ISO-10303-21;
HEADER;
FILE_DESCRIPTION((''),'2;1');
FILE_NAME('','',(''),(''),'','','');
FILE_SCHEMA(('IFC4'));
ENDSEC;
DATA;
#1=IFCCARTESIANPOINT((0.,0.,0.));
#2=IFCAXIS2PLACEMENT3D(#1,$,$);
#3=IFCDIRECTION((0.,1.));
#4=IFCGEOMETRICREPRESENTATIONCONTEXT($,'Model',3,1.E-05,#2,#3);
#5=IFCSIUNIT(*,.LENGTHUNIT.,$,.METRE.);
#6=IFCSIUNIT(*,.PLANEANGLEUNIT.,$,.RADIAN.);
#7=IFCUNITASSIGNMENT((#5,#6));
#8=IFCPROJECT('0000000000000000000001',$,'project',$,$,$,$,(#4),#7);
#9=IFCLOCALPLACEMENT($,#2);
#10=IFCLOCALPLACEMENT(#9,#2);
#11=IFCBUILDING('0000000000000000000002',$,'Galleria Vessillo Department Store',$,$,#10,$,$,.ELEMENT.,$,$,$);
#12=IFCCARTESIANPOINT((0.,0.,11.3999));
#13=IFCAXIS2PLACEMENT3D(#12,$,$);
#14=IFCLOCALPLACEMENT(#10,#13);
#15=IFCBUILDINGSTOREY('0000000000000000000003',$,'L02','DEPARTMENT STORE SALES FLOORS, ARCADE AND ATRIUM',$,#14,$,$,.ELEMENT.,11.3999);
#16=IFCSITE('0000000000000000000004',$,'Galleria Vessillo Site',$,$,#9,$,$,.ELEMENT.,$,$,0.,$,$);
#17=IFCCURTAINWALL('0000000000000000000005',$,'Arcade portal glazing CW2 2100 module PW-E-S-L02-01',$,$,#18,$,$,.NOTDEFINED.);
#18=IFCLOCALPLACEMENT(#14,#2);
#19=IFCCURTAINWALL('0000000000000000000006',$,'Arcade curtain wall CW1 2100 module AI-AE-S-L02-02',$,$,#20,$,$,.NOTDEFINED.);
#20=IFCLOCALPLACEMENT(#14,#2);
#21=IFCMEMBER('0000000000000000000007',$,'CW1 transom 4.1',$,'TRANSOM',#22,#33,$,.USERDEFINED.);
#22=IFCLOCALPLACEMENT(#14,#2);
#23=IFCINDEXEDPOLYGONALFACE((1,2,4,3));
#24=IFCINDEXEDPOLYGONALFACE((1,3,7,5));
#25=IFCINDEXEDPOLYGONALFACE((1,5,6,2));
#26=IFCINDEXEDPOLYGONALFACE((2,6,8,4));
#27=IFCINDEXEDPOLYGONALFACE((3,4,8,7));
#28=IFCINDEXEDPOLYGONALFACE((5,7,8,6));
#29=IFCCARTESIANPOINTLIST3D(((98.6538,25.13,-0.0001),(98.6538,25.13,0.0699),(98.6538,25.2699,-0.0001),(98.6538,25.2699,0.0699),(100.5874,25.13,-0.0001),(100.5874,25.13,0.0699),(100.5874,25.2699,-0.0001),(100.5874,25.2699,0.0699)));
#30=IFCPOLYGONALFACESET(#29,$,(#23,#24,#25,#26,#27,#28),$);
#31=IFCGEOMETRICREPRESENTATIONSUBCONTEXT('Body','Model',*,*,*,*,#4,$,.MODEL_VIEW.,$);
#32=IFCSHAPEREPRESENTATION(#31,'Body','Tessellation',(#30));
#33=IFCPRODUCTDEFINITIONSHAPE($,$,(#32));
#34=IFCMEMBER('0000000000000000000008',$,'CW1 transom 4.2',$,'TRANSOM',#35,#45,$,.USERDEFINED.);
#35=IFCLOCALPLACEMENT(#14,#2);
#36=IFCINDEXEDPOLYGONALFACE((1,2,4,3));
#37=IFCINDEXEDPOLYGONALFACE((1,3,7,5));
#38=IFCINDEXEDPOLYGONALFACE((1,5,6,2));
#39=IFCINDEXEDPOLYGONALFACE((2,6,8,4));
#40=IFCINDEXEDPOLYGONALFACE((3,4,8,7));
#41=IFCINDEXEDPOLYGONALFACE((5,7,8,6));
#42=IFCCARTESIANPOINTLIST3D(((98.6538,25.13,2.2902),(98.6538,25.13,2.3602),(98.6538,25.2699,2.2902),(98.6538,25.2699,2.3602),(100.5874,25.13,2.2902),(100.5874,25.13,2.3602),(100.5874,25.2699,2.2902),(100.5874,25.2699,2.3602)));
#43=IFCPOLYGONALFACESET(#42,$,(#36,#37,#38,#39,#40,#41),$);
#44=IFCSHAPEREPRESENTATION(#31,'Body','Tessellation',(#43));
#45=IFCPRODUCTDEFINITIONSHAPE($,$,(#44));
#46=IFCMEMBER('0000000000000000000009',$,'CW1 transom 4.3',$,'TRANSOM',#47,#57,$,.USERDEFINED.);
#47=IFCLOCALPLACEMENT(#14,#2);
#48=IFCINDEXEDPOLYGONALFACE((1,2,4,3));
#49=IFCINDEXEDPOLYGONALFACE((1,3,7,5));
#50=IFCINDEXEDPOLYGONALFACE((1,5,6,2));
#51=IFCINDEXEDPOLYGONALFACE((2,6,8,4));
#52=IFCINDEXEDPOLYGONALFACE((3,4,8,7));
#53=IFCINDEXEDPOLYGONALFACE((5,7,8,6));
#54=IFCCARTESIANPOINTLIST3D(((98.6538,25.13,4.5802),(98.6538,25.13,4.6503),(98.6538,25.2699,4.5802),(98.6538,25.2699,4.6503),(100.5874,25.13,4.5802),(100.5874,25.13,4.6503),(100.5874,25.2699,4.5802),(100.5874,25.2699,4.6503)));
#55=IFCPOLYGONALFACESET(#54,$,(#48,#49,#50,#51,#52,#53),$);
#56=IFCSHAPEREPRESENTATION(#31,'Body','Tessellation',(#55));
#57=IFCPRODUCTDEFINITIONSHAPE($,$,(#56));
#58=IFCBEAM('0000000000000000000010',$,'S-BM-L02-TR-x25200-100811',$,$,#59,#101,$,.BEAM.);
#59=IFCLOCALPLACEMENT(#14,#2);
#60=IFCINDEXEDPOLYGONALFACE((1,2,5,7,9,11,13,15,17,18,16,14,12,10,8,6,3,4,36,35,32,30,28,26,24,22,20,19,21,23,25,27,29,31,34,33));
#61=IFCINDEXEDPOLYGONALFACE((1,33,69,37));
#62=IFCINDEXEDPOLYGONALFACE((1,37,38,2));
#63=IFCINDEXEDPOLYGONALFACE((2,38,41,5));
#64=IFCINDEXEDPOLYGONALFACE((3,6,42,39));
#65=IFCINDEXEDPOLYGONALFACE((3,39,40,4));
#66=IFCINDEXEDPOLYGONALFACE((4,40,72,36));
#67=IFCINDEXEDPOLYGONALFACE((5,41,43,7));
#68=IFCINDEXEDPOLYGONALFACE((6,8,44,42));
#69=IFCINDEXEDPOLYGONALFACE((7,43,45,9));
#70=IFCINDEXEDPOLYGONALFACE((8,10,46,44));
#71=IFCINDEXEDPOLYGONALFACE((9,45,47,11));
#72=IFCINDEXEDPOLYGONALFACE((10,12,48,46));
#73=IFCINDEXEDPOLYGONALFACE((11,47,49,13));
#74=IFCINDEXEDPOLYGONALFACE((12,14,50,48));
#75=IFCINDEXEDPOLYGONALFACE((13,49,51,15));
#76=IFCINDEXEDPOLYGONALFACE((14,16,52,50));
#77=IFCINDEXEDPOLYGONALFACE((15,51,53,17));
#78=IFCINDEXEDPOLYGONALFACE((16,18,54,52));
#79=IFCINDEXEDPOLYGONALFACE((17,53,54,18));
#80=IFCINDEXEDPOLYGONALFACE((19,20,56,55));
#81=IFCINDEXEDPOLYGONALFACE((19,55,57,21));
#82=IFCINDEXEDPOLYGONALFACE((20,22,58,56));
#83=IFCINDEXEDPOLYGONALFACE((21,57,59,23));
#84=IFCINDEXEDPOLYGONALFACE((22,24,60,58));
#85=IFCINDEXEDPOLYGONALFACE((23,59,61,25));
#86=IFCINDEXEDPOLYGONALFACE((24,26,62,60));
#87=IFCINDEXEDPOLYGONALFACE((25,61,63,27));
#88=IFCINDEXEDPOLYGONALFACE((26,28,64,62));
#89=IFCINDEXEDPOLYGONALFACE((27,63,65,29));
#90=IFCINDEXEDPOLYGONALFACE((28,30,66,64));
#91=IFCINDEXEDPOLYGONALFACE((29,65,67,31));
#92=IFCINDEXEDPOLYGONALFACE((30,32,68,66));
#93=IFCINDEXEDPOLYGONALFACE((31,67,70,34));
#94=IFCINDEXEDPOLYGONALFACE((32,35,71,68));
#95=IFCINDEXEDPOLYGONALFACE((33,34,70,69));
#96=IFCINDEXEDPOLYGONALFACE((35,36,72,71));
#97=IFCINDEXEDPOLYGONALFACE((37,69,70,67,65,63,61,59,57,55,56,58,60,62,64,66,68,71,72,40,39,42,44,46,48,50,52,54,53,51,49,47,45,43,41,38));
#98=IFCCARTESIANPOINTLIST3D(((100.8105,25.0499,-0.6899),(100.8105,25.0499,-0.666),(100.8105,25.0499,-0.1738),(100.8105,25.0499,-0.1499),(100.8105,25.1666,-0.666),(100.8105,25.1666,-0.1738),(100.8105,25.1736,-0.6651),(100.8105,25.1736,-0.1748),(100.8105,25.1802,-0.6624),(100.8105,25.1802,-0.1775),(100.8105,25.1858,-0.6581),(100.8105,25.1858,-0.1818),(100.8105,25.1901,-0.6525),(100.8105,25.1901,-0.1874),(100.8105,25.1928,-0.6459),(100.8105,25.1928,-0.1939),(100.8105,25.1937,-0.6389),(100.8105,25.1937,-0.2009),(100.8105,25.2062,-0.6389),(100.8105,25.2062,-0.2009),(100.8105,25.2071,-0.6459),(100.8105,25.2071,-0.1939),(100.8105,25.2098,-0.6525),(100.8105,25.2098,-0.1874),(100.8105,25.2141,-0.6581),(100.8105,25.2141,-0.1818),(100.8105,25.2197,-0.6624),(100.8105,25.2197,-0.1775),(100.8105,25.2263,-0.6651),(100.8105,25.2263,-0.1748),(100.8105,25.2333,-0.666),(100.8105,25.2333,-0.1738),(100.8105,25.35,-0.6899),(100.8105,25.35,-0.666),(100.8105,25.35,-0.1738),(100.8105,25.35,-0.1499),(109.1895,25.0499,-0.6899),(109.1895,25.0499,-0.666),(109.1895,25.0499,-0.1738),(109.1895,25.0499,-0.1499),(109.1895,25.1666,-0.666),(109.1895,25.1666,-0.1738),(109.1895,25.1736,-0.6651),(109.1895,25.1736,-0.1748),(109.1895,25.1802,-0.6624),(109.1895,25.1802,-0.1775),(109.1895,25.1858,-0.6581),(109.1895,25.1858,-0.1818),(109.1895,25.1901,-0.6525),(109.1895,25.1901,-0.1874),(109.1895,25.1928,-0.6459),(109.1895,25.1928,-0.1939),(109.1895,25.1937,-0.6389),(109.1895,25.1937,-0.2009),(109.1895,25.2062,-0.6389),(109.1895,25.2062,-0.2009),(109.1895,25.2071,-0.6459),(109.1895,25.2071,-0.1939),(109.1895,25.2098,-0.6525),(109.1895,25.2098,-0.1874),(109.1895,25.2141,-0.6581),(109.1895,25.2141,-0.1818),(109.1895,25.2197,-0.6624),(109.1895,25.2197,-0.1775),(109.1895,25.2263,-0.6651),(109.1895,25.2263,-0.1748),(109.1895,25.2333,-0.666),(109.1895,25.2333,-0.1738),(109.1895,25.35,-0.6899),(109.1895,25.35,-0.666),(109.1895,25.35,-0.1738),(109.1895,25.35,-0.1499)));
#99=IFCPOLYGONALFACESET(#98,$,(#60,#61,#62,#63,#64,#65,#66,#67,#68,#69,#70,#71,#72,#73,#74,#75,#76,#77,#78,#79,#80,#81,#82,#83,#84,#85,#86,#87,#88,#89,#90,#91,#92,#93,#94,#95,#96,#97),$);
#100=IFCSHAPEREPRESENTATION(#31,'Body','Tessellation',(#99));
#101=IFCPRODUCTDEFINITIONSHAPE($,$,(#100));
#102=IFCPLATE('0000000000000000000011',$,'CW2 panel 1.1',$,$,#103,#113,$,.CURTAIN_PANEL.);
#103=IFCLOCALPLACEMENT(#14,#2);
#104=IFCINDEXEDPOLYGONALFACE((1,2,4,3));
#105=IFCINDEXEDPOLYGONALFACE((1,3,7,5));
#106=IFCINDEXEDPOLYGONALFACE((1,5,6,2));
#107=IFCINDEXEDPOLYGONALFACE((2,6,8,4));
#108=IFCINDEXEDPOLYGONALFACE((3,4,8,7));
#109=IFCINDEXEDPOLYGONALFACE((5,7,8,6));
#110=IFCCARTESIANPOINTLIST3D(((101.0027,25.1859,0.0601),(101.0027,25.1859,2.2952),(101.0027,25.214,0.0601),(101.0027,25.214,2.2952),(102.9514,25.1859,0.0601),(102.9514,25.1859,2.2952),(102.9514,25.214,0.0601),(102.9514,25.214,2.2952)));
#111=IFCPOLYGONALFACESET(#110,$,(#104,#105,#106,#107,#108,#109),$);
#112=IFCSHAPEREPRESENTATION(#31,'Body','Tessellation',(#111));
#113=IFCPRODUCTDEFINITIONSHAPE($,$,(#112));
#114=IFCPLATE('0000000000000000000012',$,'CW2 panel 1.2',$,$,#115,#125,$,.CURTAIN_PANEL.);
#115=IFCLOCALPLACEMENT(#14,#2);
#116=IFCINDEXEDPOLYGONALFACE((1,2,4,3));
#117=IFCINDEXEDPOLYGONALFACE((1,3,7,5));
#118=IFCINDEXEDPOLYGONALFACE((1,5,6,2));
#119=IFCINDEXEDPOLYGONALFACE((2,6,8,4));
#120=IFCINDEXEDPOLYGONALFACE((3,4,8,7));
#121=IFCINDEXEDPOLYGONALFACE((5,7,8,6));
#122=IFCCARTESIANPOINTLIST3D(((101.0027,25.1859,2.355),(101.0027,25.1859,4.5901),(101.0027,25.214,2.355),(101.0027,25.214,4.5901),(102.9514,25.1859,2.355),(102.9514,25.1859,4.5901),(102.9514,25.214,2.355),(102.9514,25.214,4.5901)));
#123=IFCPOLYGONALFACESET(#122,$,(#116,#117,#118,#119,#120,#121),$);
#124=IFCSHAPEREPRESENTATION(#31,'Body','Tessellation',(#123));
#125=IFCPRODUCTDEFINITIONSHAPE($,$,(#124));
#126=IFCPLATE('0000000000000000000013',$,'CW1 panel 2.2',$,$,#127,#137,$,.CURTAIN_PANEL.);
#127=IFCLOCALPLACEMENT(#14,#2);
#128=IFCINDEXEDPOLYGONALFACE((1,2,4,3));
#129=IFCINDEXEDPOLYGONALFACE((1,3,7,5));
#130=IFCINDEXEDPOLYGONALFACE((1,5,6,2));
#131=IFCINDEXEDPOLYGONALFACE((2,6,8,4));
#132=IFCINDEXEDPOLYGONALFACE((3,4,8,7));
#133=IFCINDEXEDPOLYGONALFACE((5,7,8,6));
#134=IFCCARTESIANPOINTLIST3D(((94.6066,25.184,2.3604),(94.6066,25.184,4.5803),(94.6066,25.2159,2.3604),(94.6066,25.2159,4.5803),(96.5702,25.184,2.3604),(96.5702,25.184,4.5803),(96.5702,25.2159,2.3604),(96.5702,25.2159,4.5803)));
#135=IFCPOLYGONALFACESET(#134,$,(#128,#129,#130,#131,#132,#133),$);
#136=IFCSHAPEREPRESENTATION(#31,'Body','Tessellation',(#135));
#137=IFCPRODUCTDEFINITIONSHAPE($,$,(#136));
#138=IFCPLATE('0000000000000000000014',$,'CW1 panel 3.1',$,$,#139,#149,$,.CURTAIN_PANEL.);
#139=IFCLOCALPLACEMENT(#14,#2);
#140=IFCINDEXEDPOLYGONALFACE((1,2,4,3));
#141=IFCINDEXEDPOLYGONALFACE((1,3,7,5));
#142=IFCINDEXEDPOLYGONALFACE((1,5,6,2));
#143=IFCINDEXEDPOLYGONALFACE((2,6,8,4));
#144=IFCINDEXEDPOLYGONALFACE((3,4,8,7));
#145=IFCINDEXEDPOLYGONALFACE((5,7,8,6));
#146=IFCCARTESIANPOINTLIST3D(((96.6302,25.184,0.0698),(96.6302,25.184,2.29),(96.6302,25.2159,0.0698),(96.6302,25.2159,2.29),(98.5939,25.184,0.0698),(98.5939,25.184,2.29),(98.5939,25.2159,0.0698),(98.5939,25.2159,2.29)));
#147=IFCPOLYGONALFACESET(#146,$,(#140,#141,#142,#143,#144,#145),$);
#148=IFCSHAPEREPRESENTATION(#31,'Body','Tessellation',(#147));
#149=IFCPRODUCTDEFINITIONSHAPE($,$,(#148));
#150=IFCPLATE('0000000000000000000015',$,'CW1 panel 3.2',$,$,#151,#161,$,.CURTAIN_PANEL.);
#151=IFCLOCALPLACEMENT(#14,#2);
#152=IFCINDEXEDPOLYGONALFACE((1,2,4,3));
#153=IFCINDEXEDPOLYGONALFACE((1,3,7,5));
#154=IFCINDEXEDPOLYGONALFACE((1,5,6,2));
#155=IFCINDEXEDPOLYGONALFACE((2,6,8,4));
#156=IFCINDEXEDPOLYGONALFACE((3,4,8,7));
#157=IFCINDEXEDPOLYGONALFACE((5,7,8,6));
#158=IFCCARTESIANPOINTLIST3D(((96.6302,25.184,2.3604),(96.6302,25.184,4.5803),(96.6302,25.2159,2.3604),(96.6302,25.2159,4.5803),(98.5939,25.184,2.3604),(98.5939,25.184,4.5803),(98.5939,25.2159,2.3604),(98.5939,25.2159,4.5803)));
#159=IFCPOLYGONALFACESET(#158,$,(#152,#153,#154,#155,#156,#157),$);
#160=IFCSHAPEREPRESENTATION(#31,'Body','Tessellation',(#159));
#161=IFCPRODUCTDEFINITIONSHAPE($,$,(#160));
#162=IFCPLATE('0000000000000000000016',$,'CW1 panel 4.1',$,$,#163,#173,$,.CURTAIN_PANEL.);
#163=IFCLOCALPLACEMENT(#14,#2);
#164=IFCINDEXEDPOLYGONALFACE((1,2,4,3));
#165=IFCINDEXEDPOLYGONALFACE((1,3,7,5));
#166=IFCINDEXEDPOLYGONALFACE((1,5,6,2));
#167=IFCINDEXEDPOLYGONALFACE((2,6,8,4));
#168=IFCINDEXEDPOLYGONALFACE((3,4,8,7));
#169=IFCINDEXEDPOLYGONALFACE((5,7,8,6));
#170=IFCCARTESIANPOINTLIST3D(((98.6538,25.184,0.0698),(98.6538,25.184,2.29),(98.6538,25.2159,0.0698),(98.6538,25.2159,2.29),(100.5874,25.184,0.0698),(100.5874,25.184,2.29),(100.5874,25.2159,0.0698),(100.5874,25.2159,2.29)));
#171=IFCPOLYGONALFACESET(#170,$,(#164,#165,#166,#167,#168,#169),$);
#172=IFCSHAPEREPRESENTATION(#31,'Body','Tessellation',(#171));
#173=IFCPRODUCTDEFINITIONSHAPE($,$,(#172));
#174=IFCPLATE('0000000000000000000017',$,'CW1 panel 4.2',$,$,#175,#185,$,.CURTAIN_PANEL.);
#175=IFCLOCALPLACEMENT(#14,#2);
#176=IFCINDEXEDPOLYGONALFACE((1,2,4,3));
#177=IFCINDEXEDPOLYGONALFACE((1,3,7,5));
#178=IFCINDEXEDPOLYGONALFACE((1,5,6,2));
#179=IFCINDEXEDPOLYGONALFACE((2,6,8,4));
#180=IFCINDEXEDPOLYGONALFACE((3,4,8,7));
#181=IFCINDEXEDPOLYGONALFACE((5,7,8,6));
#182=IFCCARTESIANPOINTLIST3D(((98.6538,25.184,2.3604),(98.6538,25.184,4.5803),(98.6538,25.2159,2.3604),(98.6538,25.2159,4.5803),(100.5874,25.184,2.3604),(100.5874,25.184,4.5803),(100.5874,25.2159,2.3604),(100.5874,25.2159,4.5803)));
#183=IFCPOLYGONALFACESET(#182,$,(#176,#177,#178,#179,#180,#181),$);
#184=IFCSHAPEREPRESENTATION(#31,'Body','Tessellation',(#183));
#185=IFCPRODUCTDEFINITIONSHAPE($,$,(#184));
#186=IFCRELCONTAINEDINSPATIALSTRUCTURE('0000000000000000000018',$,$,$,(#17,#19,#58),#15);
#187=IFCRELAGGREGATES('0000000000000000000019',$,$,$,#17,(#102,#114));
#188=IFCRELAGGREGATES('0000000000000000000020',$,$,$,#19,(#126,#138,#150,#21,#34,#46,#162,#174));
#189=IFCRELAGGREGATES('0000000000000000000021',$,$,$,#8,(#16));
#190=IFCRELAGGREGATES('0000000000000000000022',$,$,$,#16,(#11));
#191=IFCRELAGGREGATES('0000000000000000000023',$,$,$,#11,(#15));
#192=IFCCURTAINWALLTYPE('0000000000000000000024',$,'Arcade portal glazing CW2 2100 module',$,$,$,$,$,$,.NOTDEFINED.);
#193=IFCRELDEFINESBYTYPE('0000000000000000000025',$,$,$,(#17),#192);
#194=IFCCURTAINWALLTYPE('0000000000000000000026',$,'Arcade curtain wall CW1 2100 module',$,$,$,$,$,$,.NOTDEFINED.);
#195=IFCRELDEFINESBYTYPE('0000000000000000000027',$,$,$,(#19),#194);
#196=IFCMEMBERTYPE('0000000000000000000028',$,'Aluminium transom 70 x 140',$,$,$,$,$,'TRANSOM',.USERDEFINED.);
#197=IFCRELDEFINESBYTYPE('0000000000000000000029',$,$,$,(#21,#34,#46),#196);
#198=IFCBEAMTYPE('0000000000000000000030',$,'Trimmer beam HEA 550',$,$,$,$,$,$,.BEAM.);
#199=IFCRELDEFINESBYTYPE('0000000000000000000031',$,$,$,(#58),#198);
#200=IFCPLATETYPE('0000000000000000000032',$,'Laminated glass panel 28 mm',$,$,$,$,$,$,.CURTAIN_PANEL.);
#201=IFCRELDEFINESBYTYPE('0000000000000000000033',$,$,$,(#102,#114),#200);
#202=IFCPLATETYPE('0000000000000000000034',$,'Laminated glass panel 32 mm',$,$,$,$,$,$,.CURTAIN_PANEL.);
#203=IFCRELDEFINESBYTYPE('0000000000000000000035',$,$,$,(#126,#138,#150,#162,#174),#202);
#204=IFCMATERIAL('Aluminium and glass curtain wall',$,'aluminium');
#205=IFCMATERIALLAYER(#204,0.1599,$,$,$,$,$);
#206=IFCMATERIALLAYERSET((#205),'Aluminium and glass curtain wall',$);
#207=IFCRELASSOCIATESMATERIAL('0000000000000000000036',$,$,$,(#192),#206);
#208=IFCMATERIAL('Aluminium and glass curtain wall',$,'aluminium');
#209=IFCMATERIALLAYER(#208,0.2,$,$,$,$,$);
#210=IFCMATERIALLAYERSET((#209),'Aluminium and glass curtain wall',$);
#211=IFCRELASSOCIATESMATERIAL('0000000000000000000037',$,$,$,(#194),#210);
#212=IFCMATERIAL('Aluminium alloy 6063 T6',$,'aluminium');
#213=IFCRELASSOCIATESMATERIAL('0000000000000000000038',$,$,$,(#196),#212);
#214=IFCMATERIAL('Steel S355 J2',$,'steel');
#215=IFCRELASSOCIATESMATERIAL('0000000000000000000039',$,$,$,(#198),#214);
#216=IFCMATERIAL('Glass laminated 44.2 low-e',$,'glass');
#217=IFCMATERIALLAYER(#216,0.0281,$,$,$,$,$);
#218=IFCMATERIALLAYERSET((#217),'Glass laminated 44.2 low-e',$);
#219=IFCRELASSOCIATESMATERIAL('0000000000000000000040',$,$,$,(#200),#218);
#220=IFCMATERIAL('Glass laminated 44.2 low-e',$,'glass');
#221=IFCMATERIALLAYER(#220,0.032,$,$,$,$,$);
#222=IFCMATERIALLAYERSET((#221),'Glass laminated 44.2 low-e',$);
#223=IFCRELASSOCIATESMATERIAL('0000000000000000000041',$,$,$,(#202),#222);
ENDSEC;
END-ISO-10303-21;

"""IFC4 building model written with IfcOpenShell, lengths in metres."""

from ifc_helpers import new_model, si_unit, direction, frame, origin, origin_2d, place, context, subcontext, project, spatial, rectangle, i_section, extrude, material, layer, layer_set, material_profile, profile_set, type_object, element, aggregate, save


model = new_model("IFC4")

# Units and contexts
model_context = context("Model", 3, precision=1e-05, world=origin(), true_north=direction((0.0, 1.0)))
body_context = subcontext(model_context, "Body", "Model", "MODEL_VIEW")
ifc_project = project(units=[si_unit("LENGTHUNIT", "METRE"), si_unit("PLANEANGLEUNIT", "RADIAN")], contexts=[model_context])

# Site, building, storey
site_placement = place(None, origin())
site = spatial("IfcSite", under=ifc_project, at=site_placement, Name="Galleria Vessillo Site", CompositionType="ELEMENT", RefElevation=0.0)
building_placement = place(site_placement, origin())
building = spatial("IfcBuilding", under=site, at=building_placement, Name="Galleria Vessillo Department Store", CompositionType="ELEMENT")
storey_placement = place(building_placement, frame((0.0, 0.0, 11.3999)))
storey = spatial("IfcBuildingStorey", under=building, at=storey_placement, Name="L02", Description="DEPARTMENT STORE SALES FLOORS, ARCADE AND ATRIUM", CompositionType="ELEMENT", Elevation=11.3999)

# Curtain wall
ifc_material_1 = material(Name="Aluminium and glass curtain wall", Category="aluminium")
ifc_layer_1 = layer(ifc_material_1, 0.1599)
ifc_layer_set_1 = layer_set([ifc_layer_1], Name="Aluminium and glass curtain wall")
curtain_wall_type_1 = type_object("IfcCurtainWallType", Name="Arcade portal glazing CW2 2100 module", PredefinedType="NOTDEFINED", material=ifc_layer_set_1)
curtain_wall_1_placement = place(storey_placement, origin())
curtain_wall_1 = element("IfcCurtainWall", 1, at=curtain_wall_1_placement, inside=storey, type_object=curtain_wall_type_1, Name="Arcade portal glazing CW2 2100 module PW-E-S-L02-01", PredefinedType="NOTDEFINED")

# Curtain wall
ifc_material_2 = material(Name="Aluminium and glass curtain wall", Category="aluminium")
ifc_layer_2 = layer(ifc_material_2, 0.2)
ifc_layer_set_2 = layer_set([ifc_layer_2], Name="Aluminium and glass curtain wall")
curtain_wall_type_2 = type_object("IfcCurtainWallType", Name="Arcade curtain wall CW1 2100 module", PredefinedType="NOTDEFINED", material=ifc_layer_set_2)
curtain_wall_2_placement = place(storey_placement, origin())
curtain_wall_2 = element("IfcCurtainWall", 2, at=curtain_wall_2_placement, inside=storey, type_object=curtain_wall_type_2, Name="Arcade curtain wall CW1 2100 module AI-AE-S-L02-02", PredefinedType="NOTDEFINED")

# Members
ifc_material_3 = material(Name="Aluminium alloy 6063 T6", Category="aluminium")
ifc_material_profile_1 = material_profile(ifc_material_3, rectangle(XDim=0.1399, YDim=0.0701, at=origin_2d()), Name="AL 70x140")
ifc_profile_set_1 = profile_set([ifc_material_profile_1], Name="Aluminium alloy 6063 T6")
member_type_1 = type_object("IfcMemberType", Name="Aluminium transom 70 x 140", ElementType="TRANSOM", PredefinedType="USERDEFINED", material=ifc_profile_set_1)
member_1_placement = place(storey_placement, frame((98.6538, 25.2, 0.0349), z_axis=(1.0, 0.0, 0.0), x_axis=(0.0, 1.0, 0.0)))
member_1 = element("IfcMember", 3, at=member_1_placement, type_object=member_type_1, Name="CW1 transom 4.1", ObjectType="TRANSOM", PredefinedType="USERDEFINED", context=body_context, shape_type="SweptSolid", body=[
    extrude(rectangle(XDim=0.1399, YDim=0.0701, at=origin_2d()), origin(), (0.0, 0.0, 1.0), 1.9336),
])
member_2_placement = place(storey_placement, frame((98.6538, 25.2, 2.3252), z_axis=(1.0, 0.0, 0.0), x_axis=(0.0, 1.0, 0.0)))
member_2 = element("IfcMember", 4, at=member_2_placement, type_object=member_type_1, Name="CW1 transom 4.2", ObjectType="TRANSOM", PredefinedType="USERDEFINED", context=body_context, shape_type="SweptSolid", body=[
    extrude(rectangle(XDim=0.1399, YDim=0.0701, at=origin_2d()), origin(), (0.0, 0.0, 1.0), 1.9336),
])
member_3_placement = place(storey_placement, frame((98.6538, 25.2, 4.6152), z_axis=(1.0, 0.0, 0.0), x_axis=(0.0, 1.0, 0.0)))
member_3 = element("IfcMember", 5, at=member_3_placement, type_object=member_type_1, Name="CW1 transom 4.3", ObjectType="TRANSOM", PredefinedType="USERDEFINED", context=body_context, shape_type="SweptSolid", body=[
    extrude(rectangle(XDim=0.1399, YDim=0.0701, at=origin_2d()), origin(), (0.0, 0.0, 1.0), 1.9336),
])

# Beam
ifc_material_4 = material(Name="Steel S355 J2", Category="steel")
ifc_material_profile_2 = material_profile(ifc_material_4, i_section(OverallWidth=0.3, OverallDepth=0.54, WebThickness=0.0125, FlangeThickness=0.0239, FilletRadius=0.0271, at=origin_2d()), Name="HEA 550")
ifc_profile_set_2 = profile_set([ifc_material_profile_2], Name="Steel S355 J2")
beam_type = type_object("IfcBeamType", Name="Trimmer beam HEA 550", PredefinedType="BEAM", material=ifc_profile_set_2)
beam_placement = place(storey_placement, frame((100.8105, 25.2, -0.4199), z_axis=(1.0, 0.0, 0.0), x_axis=(0.0, 1.0, 0.0)))
element("IfcBeam", 6, at=beam_placement, inside=storey, type_object=beam_type, Name="S-BM-L02-TR-x25200-100811", PredefinedType="BEAM", context=body_context, shape_type="SweptSolid", body=[
    extrude(i_section(OverallWidth=0.3, OverallDepth=0.54, WebThickness=0.0125, FlangeThickness=0.0239, FilletRadius=0.0271, at=origin_2d()), origin(), (0.0, 0.0, 1.0), 8.3789),
])

# Plates
ifc_material_5 = material(Name="Glass laminated 44.2 low-e", Category="glass")
ifc_layer_3 = layer(ifc_material_5, 0.0281)
ifc_layer_set_3 = layer_set([ifc_layer_3], Name="Glass laminated 44.2 low-e")
plate_type_1 = type_object("IfcPlateType", Name="Laminated glass panel 28 mm", PredefinedType="CURTAIN_PANEL", material=ifc_layer_set_3)
plate_1_placement = place(storey_placement, frame((101.9771, 25.2, 0.0601), z_axis=(0.0, 0.0, 1.0), x_axis=(1.0, 0.0, 0.0)))
plate_1 = element("IfcPlate", 7, at=plate_1_placement, type_object=plate_type_1, Name="CW2 panel 1.1", PredefinedType="CURTAIN_PANEL", context=body_context, shape_type="SweptSolid", body=[
    extrude(rectangle(XDim=1.9487, YDim=0.0281, at=origin_2d()), origin(), (0.0, 0.0, 1.0), 2.2351),
])
plate_2_placement = place(storey_placement, frame((101.9771, 25.2, 2.355), z_axis=(0.0, 0.0, 1.0), x_axis=(1.0, 0.0, 0.0)))
plate_2 = element("IfcPlate", 8, at=plate_2_placement, type_object=plate_type_1, Name="CW2 panel 1.2", PredefinedType="CURTAIN_PANEL", context=body_context, shape_type="SweptSolid", body=[
    extrude(rectangle(XDim=1.9487, YDim=0.0281, at=origin_2d()), origin(), (0.0, 0.0, 1.0), 2.2351),
])
aggregate(curtain_wall_1, [plate_1, plate_2])
ifc_material_6 = material(Name="Glass laminated 44.2 low-e", Category="glass")
ifc_layer_4 = layer(ifc_material_6, 0.032)
ifc_layer_set_4 = layer_set([ifc_layer_4], Name="Glass laminated 44.2 low-e")
plate_type_2 = type_object("IfcPlateType", Name="Laminated glass panel 32 mm", PredefinedType="CURTAIN_PANEL", material=ifc_layer_set_4)
plate_3_placement = place(storey_placement, frame((95.5884, 25.2, 2.3604), z_axis=(0.0, 0.0, 1.0), x_axis=(1.0, 0.0, 0.0)))
plate_3 = element("IfcPlate", 9, at=plate_3_placement, type_object=plate_type_2, Name="CW1 panel 2.2", PredefinedType="CURTAIN_PANEL", context=body_context, shape_type="SweptSolid", body=[
    extrude(rectangle(XDim=1.9636, YDim=0.032, at=origin_2d()), origin(), (0.0, 0.0, 1.0), 2.22),
])
plate_4_placement = place(storey_placement, frame((97.6121, 25.2, 0.0698), z_axis=(0.0, 0.0, 1.0), x_axis=(1.0, 0.0, 0.0)))
plate_4 = element("IfcPlate", 10, at=plate_4_placement, type_object=plate_type_2, Name="CW1 panel 3.1", PredefinedType="CURTAIN_PANEL", context=body_context, shape_type="SweptSolid", body=[
    extrude(rectangle(XDim=1.9636, YDim=0.032, at=origin_2d()), origin(), (0.0, 0.0, 1.0), 2.2202),
])
plate_5_placement = place(storey_placement, frame((97.6121, 25.2, 2.3604), z_axis=(0.0, 0.0, 1.0), x_axis=(1.0, 0.0, 0.0)))
plate_5 = element("IfcPlate", 11, at=plate_5_placement, type_object=plate_type_2, Name="CW1 panel 3.2", PredefinedType="CURTAIN_PANEL", context=body_context, shape_type="SweptSolid", body=[
    extrude(rectangle(XDim=1.9636, YDim=0.032, at=origin_2d()), origin(), (0.0, 0.0, 1.0), 2.22),
])
plate_6_placement = place(storey_placement, frame((99.6206, 25.2, 0.0698), z_axis=(0.0, 0.0, 1.0), x_axis=(1.0, 0.0, 0.0)))
plate_6 = element("IfcPlate", 12, at=plate_6_placement, type_object=plate_type_2, Name="CW1 panel 4.1", PredefinedType="CURTAIN_PANEL", context=body_context, shape_type="SweptSolid", body=[
    extrude(rectangle(XDim=1.9336, YDim=0.032, at=origin_2d()), origin(), (0.0, 0.0, 1.0), 2.2202),
])
plate_7_placement = place(storey_placement, frame((99.6206, 25.2, 2.3604), z_axis=(0.0, 0.0, 1.0), x_axis=(1.0, 0.0, 0.0)))
plate_7 = element("IfcPlate", 13, at=plate_7_placement, type_object=plate_type_2, Name="CW1 panel 4.2", PredefinedType="CURTAIN_PANEL", context=body_context, shape_type="SweptSolid", body=[
    extrude(rectangle(XDim=1.9336, YDim=0.032, at=origin_2d()), origin(), (0.0, 0.0, 1.0), 2.22),
])
aggregate(curtain_wall_2, [plate_3, plate_4, plate_5, member_1, member_2, member_3, plate_6, plate_7])

save(model, "model.ifc")
